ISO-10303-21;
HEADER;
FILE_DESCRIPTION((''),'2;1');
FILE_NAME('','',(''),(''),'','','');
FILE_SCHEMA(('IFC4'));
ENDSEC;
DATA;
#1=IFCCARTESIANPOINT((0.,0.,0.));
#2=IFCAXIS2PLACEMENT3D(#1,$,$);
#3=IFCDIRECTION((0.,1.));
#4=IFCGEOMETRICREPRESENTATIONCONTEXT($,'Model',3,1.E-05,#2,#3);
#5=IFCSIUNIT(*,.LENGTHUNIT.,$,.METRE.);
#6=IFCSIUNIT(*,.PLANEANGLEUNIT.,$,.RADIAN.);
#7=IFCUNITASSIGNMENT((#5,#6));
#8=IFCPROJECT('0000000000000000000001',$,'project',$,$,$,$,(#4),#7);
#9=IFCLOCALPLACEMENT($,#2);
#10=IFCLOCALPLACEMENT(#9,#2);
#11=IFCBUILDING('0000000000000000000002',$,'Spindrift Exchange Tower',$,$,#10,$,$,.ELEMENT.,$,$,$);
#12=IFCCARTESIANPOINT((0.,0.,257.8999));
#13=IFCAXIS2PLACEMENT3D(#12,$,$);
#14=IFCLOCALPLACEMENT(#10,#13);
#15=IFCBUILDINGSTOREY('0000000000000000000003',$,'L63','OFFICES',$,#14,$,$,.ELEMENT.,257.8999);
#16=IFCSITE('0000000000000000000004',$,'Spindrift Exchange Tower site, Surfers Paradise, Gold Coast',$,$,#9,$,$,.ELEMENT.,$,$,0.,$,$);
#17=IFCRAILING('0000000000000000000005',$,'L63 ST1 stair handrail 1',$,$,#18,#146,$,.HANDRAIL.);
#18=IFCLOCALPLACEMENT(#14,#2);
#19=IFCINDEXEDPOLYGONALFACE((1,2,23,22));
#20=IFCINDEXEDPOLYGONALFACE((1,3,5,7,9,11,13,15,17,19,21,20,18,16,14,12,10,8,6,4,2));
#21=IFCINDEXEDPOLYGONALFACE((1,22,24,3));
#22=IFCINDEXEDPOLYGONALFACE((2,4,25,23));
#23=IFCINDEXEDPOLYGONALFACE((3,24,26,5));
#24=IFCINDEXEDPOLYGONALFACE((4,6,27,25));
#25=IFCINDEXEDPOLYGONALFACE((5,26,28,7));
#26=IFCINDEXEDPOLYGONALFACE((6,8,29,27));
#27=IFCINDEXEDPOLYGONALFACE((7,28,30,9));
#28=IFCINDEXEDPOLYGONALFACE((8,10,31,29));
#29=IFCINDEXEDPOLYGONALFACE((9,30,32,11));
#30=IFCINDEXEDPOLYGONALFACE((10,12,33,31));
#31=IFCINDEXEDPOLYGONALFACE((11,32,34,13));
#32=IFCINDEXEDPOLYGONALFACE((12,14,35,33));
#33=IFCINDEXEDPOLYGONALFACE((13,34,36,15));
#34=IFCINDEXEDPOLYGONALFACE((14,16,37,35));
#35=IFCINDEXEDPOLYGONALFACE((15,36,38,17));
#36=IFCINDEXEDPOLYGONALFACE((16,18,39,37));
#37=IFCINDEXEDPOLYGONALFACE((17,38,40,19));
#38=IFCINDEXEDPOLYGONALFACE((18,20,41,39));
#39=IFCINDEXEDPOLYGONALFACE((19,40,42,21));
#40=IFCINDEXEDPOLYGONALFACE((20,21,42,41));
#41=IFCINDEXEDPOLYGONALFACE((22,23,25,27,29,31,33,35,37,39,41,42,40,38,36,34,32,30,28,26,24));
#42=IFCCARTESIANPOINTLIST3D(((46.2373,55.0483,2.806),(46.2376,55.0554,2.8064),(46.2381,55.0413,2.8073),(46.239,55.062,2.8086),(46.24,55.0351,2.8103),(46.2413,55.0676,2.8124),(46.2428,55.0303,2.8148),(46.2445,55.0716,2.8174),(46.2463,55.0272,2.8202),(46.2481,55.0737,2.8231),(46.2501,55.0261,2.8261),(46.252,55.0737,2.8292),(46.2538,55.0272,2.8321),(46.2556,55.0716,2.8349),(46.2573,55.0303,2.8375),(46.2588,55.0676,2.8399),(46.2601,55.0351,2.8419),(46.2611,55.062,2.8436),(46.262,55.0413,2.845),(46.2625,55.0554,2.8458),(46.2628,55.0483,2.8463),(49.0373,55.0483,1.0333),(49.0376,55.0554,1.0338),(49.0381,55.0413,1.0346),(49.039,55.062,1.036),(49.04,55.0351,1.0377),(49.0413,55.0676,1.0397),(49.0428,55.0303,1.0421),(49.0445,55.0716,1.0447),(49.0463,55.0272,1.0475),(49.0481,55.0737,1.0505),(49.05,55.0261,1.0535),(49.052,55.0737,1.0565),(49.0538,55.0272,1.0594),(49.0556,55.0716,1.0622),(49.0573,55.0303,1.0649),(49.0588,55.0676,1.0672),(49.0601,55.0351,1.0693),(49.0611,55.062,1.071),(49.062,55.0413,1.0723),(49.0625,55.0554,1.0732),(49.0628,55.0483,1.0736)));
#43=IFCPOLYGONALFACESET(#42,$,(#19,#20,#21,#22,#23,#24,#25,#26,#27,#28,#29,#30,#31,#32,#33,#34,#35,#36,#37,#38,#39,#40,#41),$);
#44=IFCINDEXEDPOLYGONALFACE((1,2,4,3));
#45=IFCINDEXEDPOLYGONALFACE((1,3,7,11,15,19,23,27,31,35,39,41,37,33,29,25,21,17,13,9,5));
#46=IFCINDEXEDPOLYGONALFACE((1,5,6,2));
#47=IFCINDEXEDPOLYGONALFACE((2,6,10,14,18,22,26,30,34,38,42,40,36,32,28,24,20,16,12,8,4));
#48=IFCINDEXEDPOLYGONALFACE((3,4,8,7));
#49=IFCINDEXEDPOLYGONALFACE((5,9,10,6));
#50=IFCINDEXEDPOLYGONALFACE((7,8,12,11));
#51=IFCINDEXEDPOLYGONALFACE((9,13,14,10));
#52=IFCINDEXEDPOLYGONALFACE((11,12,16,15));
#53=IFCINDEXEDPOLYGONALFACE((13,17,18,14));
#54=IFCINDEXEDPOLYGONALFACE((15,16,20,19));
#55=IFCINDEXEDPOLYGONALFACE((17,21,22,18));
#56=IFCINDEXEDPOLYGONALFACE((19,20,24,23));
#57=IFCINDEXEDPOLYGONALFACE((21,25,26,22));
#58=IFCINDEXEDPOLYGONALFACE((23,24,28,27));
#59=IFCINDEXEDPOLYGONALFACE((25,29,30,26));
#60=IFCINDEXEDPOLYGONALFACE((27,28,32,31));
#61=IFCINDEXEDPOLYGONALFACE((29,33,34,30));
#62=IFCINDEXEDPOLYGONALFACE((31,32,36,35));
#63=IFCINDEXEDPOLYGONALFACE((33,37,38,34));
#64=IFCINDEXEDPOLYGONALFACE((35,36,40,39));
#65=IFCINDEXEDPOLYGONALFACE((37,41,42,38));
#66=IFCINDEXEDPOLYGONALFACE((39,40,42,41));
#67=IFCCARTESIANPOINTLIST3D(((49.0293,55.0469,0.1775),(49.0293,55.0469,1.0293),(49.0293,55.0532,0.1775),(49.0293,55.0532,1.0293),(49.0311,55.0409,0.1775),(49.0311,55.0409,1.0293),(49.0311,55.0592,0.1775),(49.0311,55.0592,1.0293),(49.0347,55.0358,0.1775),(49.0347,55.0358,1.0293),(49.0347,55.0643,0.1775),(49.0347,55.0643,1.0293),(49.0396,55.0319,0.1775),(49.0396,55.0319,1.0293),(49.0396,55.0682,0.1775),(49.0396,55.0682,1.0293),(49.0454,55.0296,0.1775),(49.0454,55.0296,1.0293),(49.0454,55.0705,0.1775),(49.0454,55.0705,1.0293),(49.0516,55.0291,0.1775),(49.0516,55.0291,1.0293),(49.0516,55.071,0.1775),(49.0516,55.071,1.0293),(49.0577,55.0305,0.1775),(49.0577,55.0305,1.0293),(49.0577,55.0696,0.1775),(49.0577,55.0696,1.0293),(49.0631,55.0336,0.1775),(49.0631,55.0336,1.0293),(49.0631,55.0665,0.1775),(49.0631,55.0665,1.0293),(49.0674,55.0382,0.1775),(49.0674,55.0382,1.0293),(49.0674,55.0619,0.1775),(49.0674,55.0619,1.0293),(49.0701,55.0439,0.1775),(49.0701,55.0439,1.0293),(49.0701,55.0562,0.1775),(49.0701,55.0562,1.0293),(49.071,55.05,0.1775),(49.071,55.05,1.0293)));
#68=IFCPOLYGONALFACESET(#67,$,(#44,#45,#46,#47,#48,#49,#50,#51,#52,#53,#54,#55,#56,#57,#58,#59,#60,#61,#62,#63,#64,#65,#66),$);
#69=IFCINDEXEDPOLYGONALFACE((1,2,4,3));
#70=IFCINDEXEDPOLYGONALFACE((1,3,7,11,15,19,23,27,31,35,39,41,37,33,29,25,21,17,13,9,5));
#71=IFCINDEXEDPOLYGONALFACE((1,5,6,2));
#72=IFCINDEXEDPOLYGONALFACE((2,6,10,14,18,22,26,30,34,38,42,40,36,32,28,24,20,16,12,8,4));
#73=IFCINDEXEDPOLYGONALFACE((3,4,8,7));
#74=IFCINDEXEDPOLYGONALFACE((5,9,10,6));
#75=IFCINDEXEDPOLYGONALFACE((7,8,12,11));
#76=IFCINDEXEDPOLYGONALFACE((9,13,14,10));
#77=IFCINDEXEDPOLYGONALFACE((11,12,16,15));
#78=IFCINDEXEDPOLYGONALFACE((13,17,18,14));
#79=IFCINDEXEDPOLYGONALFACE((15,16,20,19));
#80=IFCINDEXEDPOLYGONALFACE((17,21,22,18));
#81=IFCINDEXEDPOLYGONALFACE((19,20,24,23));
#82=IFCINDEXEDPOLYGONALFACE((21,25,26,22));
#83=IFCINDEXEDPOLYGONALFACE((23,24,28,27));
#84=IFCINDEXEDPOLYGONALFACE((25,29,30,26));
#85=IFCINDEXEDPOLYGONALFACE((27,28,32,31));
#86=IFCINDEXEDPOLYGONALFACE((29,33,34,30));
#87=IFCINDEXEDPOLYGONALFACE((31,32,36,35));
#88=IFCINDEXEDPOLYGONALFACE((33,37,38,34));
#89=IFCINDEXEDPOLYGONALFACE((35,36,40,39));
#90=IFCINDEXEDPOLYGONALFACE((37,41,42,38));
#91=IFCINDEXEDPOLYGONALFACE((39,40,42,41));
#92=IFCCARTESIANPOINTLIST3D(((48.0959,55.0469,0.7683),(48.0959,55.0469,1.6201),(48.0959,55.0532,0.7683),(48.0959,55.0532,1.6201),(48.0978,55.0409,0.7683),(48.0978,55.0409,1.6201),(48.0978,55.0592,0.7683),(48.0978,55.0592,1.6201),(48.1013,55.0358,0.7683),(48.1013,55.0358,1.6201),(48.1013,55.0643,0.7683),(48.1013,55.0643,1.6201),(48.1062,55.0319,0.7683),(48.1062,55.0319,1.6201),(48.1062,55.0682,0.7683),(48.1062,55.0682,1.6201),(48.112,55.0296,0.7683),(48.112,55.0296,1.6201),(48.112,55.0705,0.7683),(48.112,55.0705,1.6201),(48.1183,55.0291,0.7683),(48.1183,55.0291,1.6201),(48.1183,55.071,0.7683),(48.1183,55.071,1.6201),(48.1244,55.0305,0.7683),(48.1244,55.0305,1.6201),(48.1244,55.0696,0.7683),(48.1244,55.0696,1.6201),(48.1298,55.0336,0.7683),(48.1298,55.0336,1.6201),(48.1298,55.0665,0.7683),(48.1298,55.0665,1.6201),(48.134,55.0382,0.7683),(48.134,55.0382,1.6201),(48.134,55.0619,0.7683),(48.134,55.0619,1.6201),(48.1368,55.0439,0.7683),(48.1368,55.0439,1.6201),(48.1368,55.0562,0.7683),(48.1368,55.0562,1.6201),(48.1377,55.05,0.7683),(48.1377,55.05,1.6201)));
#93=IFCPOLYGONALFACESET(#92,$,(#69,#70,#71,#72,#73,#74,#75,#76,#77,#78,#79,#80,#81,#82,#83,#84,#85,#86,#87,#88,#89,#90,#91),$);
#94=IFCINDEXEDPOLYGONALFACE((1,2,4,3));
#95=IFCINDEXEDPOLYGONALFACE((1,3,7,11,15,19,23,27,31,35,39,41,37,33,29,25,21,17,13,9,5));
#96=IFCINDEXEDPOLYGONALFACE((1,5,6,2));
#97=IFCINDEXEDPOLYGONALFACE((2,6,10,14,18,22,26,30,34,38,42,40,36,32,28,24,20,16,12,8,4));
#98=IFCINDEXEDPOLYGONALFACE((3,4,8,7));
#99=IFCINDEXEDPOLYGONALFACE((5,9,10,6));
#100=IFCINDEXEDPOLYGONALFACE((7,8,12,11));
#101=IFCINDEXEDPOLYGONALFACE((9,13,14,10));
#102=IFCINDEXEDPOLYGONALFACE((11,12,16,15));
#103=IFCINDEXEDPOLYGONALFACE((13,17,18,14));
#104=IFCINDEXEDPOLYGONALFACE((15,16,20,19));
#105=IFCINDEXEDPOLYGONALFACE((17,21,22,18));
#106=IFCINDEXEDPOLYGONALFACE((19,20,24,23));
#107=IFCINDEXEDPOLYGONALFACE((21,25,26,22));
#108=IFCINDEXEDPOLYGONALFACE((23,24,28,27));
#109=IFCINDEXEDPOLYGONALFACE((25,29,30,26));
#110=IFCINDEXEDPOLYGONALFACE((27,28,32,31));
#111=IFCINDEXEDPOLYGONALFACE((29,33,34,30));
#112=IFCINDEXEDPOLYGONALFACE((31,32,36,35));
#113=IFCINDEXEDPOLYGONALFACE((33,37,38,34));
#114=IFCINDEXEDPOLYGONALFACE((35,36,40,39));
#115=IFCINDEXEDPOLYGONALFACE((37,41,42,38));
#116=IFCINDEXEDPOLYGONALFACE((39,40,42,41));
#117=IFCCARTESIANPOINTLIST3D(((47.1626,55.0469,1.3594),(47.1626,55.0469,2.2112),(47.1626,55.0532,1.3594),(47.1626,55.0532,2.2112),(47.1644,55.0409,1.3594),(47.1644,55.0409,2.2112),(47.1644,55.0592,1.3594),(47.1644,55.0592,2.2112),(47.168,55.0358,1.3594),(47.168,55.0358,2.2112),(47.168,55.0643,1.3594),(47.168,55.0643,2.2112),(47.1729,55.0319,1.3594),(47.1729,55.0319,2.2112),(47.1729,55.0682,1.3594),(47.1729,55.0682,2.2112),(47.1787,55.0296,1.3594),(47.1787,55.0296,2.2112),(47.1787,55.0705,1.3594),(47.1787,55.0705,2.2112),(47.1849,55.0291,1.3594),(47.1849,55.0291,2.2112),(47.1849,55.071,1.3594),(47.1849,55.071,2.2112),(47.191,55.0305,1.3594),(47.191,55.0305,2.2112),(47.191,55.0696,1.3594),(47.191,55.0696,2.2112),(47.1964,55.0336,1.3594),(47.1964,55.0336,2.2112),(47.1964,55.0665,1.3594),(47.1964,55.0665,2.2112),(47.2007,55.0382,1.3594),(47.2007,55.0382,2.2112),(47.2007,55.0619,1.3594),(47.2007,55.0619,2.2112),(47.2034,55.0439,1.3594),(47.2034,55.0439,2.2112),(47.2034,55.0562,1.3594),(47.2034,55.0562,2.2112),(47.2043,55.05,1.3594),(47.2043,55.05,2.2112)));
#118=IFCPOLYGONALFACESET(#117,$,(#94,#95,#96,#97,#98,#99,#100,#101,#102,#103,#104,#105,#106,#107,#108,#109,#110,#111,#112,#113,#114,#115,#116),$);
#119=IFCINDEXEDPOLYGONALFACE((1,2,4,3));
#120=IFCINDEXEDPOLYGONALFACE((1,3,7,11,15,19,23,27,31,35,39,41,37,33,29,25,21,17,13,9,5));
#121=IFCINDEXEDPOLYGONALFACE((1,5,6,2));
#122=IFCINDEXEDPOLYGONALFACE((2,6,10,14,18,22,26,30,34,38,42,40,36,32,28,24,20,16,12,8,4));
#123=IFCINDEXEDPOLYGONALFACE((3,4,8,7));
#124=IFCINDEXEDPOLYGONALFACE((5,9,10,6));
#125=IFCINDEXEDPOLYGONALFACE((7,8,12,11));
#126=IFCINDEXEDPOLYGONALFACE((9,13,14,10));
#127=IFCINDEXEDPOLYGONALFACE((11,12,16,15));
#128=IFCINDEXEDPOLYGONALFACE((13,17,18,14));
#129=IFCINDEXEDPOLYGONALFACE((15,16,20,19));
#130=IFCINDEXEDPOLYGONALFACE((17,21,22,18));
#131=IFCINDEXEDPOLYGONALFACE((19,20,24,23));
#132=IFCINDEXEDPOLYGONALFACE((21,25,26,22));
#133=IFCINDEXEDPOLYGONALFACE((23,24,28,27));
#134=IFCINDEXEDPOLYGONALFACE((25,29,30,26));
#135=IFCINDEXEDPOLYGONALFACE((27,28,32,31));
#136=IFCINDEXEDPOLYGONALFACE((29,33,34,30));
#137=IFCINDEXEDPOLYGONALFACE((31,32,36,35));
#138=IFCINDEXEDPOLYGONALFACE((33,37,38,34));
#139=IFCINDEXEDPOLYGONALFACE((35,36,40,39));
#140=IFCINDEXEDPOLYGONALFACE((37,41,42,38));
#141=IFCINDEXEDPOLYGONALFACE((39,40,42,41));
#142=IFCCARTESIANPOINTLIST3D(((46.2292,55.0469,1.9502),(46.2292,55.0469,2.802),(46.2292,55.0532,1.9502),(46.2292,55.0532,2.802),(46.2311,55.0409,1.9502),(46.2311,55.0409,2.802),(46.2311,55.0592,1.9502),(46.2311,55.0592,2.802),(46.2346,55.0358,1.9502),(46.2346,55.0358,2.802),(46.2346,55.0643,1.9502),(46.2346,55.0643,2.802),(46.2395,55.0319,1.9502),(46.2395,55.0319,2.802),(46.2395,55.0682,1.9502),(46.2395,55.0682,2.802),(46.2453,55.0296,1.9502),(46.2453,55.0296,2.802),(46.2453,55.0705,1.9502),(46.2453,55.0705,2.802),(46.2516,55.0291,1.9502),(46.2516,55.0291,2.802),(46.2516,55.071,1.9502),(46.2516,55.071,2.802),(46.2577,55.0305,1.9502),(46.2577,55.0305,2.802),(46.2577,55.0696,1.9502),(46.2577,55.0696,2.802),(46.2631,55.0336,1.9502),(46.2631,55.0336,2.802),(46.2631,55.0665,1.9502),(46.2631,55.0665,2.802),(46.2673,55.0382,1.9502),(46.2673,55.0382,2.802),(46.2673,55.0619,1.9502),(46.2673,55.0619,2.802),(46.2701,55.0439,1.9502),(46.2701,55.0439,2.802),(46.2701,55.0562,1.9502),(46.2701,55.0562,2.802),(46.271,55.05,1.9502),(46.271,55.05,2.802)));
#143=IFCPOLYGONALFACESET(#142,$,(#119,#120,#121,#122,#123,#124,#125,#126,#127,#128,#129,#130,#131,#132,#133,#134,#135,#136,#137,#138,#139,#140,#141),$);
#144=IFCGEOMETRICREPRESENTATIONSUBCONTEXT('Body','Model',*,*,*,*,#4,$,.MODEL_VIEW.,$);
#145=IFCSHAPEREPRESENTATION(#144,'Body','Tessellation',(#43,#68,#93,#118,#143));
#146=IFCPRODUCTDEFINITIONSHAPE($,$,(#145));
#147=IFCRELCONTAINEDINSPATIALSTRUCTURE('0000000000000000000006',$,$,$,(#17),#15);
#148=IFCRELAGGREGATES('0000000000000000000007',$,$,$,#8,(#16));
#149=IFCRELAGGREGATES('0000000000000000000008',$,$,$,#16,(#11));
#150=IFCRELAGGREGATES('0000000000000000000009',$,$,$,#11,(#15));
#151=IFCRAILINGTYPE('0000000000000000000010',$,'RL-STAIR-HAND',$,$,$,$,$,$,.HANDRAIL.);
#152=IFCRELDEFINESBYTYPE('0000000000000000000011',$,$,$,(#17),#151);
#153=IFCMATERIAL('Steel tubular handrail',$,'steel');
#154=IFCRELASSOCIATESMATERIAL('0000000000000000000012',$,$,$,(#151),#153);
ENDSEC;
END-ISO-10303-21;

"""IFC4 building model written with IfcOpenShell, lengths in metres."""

from ifc_helpers import new_model, si_unit, direction, frame, origin, origin_2d, place, context, subcontext, project, spatial, circle, extrude, material, type_object, element, save


model = new_model("IFC4")

# Units and contexts
model_context = context("Model", 3, precision=1e-05, world=origin(), true_north=direction((0.0, 1.0)))
body_context = subcontext(model_context, "Body", "Model", "MODEL_VIEW")
ifc_project = project(units=[si_unit("LENGTHUNIT", "METRE"), si_unit("PLANEANGLEUNIT", "RADIAN")], contexts=[model_context])

# Site, building, storey
site_placement = place(None, origin())
site = spatial("IfcSite", under=ifc_project, at=site_placement, Name="Spindrift Exchange Tower site, Surfers Paradise, Gold Coast", CompositionType="ELEMENT", RefElevation=0.0)
building_placement = place(site_placement, origin())
building = spatial("IfcBuilding", under=site, at=building_placement, Name="Spindrift Exchange Tower", CompositionType="ELEMENT")
storey_placement = place(building_placement, frame((0.0, 0.0, 257.8999)))
storey = spatial("IfcBuildingStorey", under=building, at=storey_placement, Name="L63", Description="OFFICES", CompositionType="ELEMENT", Elevation=257.8999)

# Railing
ifc_material_1 = material(Name="Steel tubular handrail", Category="steel")
railing_type_1 = type_object("IfcRailingType", Name="RL-STAIR-HAND", PredefinedType="HANDRAIL", material=ifc_material_1)
railing_1_placement = place(storey_placement, frame((49.05, 55.05, 0.1775)))
element("IfcRailing", 1, at=railing_1_placement, inside=storey, type_object=railing_type_1, Name="L63 ST1 stair handrail 1", PredefinedType="HANDRAIL", context=body_context, shape_type="SweptSolid", body=[
    extrude(circle(Radius=0.0239, at=origin_2d()), frame((0.0, 0.0, 0.876), z_axis=(-0.844909, 0.0, 0.53491), x_axis=(0.0, -1.0, 0.0)), (0.0, 0.0, 1.0), 3.314),
    extrude(circle(Radius=0.021, at=origin_2d()), origin(), (0.0, 0.0, 1.0), 0.8518),
    extrude(circle(Radius=0.021, at=origin_2d()), frame((-0.9333, 0.0, 0.5908)), (0.0, 0.0, 1.0), 0.8518),
    extrude(circle(Radius=0.021, at=origin_2d()), frame((-1.8667, 0.0, 1.1819)), (0.0, 0.0, 1.0), 0.8518),
    extrude(circle(Radius=0.021, at=origin_2d()), frame((-2.8, 0.0, 1.7727)), (0.0, 0.0, 1.0), 0.8518),
])

save(model, "model.ifc")
